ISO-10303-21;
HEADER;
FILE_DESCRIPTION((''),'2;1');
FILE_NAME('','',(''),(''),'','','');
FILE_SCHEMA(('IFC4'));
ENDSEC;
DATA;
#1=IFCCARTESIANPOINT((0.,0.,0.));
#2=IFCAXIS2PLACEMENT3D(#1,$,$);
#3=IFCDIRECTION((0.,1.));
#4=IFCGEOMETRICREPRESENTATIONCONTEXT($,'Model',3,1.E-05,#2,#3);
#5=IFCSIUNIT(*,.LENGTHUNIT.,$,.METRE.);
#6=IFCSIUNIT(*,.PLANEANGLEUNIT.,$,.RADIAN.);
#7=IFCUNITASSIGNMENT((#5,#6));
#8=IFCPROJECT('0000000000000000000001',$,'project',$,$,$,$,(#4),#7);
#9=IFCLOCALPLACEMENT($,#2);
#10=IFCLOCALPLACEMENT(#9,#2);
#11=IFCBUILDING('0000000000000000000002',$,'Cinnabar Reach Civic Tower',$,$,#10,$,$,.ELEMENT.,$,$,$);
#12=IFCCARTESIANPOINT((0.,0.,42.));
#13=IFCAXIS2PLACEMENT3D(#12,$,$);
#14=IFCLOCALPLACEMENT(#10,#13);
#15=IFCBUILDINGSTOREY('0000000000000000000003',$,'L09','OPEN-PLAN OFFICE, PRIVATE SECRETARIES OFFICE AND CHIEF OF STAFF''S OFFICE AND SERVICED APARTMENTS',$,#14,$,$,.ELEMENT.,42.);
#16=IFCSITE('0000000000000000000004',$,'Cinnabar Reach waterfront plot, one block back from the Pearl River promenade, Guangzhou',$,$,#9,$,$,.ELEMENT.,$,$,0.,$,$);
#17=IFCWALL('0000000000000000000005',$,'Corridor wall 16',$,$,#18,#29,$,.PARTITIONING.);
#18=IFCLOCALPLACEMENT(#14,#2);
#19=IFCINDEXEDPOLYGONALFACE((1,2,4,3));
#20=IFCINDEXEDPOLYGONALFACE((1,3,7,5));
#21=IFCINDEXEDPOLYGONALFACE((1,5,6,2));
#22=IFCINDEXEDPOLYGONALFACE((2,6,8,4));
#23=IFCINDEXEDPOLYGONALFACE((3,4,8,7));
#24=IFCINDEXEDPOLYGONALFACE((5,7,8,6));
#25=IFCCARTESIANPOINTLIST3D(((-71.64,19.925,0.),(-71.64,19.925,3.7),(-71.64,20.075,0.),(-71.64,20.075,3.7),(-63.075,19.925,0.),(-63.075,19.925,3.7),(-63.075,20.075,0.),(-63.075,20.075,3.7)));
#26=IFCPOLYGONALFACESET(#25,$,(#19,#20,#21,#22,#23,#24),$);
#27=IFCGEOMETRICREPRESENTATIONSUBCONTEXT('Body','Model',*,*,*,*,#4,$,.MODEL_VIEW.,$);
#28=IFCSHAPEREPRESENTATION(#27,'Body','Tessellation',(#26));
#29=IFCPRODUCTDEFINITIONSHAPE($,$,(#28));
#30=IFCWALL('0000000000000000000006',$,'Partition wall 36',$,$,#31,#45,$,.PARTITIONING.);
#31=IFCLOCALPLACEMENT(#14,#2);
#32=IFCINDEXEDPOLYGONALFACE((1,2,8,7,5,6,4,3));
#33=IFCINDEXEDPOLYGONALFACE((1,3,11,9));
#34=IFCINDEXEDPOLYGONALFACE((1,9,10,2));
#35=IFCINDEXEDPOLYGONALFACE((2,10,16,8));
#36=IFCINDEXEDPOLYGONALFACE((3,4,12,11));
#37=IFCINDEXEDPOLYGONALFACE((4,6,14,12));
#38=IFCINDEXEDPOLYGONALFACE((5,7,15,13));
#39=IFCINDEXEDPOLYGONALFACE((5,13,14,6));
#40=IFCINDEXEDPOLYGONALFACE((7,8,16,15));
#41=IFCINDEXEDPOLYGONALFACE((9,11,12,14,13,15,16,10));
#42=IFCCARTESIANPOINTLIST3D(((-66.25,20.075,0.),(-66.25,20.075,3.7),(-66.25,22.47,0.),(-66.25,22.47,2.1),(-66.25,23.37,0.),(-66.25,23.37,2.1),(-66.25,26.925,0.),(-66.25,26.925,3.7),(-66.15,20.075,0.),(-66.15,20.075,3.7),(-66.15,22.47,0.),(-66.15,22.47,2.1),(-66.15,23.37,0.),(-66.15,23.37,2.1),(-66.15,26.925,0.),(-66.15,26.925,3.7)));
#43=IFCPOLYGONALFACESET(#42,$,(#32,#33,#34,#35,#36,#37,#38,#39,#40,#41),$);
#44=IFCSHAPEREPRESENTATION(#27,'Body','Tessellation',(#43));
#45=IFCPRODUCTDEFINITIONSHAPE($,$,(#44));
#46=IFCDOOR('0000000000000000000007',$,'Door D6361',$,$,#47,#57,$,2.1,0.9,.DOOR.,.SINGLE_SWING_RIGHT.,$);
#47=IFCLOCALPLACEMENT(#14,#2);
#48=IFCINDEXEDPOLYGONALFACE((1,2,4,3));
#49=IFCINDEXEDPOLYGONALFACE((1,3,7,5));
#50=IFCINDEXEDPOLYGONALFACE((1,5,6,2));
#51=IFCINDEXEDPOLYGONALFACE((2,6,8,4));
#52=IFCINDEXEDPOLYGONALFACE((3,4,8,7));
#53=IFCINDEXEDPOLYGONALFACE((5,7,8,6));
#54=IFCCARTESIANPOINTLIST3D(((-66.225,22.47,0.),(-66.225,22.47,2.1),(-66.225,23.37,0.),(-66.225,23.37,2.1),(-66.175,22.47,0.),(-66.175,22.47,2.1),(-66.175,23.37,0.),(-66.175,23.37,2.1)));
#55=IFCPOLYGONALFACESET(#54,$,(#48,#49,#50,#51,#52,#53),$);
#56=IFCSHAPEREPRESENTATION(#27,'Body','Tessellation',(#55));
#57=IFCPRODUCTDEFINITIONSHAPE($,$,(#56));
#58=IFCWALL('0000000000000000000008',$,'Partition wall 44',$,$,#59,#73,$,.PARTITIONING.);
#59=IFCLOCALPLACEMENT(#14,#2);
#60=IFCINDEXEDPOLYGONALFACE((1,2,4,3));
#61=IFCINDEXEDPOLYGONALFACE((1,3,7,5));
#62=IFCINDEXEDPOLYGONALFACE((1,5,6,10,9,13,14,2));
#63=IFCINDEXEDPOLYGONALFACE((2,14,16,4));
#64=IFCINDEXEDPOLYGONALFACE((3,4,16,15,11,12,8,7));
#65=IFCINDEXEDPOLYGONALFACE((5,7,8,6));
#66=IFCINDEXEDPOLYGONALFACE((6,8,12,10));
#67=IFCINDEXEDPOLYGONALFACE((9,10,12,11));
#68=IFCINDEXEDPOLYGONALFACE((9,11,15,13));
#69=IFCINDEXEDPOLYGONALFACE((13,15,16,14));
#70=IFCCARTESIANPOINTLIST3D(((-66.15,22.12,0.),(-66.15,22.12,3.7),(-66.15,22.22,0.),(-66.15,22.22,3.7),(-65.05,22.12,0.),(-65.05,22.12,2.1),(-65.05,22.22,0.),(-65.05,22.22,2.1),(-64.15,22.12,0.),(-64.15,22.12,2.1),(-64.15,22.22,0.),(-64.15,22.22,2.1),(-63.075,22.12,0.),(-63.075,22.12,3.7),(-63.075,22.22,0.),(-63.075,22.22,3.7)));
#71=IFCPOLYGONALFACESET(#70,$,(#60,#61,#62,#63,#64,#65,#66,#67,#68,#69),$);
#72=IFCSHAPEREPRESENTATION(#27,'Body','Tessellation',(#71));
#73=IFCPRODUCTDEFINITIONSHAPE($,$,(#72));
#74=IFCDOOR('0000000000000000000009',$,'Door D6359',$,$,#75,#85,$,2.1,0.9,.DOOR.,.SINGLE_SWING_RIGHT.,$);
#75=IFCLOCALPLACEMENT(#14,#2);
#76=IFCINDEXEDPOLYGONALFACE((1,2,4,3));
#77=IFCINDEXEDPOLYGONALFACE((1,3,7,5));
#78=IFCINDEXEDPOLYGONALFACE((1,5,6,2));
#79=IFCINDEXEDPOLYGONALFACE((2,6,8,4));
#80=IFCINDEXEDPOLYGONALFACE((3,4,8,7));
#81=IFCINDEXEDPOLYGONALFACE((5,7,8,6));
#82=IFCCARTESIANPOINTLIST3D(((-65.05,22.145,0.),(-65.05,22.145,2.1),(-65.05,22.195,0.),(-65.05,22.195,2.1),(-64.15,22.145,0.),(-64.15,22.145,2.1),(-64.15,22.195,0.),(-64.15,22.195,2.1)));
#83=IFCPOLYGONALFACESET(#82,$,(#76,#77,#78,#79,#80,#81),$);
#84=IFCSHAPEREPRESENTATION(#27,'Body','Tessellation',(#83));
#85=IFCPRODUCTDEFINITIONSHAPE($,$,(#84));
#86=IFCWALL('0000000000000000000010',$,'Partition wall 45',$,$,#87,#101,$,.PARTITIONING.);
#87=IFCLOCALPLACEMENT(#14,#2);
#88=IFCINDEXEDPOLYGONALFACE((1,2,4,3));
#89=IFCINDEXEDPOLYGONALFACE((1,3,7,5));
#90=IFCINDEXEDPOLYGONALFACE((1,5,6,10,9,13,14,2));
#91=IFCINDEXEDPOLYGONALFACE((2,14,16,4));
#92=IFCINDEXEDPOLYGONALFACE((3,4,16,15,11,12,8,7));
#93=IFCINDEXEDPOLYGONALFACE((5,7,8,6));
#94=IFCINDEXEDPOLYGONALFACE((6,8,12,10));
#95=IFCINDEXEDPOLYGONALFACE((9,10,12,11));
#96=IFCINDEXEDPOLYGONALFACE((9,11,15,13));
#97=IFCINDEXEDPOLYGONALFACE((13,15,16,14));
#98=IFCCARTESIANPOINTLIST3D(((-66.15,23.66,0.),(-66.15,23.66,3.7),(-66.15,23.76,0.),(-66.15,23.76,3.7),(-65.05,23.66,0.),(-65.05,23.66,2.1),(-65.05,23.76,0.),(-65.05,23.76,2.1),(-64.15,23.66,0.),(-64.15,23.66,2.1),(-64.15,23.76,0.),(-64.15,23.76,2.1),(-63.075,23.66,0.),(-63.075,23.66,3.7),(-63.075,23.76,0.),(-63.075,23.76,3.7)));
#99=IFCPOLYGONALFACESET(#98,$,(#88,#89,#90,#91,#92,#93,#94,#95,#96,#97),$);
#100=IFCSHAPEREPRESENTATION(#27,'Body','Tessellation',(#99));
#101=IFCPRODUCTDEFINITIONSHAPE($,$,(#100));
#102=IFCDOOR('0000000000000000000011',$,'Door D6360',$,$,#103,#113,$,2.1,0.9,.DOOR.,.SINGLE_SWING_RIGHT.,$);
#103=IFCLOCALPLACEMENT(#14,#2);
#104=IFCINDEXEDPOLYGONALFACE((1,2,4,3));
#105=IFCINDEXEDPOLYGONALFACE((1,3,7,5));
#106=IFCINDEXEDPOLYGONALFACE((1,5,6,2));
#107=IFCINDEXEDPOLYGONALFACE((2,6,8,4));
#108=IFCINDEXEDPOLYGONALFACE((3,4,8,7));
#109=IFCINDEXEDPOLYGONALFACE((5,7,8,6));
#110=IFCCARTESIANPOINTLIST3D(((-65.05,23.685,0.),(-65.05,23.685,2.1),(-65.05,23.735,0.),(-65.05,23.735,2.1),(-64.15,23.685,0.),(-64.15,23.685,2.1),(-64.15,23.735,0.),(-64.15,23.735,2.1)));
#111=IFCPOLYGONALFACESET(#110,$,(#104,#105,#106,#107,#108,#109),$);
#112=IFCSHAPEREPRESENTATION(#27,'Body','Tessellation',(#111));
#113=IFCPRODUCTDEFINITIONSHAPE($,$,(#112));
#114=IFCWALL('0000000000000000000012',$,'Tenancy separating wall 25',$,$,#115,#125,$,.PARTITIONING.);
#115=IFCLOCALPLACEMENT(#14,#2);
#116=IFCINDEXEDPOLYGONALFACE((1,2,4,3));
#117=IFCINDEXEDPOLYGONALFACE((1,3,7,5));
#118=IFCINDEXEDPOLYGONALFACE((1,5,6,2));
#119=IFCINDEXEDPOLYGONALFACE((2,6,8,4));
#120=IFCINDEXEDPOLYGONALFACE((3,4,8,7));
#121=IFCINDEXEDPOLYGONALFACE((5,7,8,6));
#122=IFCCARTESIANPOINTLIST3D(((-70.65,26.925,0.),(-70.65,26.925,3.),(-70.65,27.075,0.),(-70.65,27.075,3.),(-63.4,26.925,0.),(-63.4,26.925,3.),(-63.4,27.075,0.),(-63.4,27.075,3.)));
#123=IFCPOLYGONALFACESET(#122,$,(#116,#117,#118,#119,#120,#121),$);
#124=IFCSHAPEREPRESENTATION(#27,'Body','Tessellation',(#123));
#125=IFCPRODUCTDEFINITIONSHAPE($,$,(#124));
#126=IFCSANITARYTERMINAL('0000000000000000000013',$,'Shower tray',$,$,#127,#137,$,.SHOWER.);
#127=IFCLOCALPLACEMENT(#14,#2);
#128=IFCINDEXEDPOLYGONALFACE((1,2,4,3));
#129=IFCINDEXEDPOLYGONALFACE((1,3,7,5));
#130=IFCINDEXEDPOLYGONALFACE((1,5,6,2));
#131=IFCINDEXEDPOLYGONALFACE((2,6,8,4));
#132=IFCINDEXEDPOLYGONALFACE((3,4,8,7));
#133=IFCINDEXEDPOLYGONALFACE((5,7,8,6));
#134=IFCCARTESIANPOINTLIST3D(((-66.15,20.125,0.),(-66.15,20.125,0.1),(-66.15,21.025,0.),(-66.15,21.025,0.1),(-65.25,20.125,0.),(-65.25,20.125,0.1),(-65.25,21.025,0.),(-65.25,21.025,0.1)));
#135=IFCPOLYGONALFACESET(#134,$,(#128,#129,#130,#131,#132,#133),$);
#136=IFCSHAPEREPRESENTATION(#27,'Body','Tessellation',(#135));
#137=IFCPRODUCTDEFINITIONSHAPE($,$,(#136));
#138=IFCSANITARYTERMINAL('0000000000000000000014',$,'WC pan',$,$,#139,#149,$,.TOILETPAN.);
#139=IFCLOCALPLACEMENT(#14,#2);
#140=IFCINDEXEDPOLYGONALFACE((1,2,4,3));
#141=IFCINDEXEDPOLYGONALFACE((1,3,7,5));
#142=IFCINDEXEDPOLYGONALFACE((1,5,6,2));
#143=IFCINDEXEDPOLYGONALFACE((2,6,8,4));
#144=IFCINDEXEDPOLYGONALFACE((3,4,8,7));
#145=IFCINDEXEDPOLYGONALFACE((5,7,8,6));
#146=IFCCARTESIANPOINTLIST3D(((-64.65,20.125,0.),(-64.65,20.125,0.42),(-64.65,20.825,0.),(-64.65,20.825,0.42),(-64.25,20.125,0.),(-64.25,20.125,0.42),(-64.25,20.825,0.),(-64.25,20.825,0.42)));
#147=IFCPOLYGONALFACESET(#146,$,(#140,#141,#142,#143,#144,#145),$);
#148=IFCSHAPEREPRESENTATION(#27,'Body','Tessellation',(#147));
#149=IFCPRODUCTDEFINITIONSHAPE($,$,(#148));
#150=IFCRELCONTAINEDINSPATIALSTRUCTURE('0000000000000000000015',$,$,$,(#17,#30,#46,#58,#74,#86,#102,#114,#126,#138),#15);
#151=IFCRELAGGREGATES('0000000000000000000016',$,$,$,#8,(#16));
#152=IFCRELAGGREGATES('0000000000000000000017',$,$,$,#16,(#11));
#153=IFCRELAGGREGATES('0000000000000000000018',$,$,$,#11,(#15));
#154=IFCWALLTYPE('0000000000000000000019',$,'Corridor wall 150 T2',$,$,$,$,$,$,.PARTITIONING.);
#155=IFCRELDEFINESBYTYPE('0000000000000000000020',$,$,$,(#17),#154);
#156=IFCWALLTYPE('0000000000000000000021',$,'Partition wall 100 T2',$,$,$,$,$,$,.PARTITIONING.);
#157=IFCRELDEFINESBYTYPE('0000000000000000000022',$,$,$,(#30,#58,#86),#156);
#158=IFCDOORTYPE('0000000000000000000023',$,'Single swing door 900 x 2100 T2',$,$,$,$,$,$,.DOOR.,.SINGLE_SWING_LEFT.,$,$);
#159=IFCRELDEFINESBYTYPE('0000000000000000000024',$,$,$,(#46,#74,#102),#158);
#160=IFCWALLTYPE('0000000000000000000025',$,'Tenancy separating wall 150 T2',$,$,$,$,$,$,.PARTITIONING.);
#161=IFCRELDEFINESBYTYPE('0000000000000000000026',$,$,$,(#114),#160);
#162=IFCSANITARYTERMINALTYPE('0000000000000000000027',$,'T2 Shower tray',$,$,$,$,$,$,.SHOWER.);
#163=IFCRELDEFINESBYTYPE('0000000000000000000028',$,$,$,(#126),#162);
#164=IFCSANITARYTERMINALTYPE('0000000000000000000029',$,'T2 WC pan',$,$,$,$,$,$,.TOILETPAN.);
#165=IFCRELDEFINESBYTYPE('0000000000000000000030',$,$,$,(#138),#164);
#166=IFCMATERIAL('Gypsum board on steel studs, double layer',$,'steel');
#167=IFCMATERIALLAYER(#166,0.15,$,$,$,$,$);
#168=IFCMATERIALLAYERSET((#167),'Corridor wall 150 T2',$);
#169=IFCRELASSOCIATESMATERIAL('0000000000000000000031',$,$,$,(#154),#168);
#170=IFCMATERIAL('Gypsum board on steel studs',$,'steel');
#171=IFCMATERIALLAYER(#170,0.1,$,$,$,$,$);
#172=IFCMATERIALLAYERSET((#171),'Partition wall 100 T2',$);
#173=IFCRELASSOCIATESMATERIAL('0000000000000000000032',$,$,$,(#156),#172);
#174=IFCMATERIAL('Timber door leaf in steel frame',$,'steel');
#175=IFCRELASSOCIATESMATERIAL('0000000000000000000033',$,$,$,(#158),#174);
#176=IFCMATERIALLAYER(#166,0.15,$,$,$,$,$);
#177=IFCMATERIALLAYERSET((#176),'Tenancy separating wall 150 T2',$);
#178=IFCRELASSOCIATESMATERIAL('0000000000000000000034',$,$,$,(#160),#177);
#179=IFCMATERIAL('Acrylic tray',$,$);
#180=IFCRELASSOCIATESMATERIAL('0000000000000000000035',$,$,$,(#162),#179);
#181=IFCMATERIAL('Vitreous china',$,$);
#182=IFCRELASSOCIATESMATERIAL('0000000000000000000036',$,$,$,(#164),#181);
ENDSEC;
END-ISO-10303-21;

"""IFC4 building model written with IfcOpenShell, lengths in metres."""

from ifc_helpers import new_model, si_unit, direction, frame, frame_2d, origin, origin_2d, place, context, subcontext, project, spatial, rectangle, extrude, material, layer, layer_set, type_object, element, fill, save


model = new_model("IFC4")

# Units and contexts
model_context = context("Model", 3, precision=1e-05, world=origin(), true_north=direction((0.0, 1.0)))
body_context = subcontext(model_context, "Body", "Model", "MODEL_VIEW")
ifc_project = project(units=[si_unit("LENGTHUNIT", "METRE"), si_unit("PLANEANGLEUNIT", "RADIAN")], contexts=[model_context])

# Site, building, storey
site_placement = place(None, origin())
site = spatial("IfcSite", under=ifc_project, at=site_placement, Name="Cinnabar Reach waterfront plot, one block back from the Pearl River promenade, Guangzhou", CompositionType="ELEMENT", RefElevation=0.0)
building_placement = place(site_placement, origin())
building = spatial("IfcBuilding", under=site, at=building_placement, Name="Cinnabar Reach Civic Tower", CompositionType="ELEMENT")
storey_placement = place(building_placement, frame((0.0, 0.0, 42.0)))
storey = spatial("IfcBuildingStorey", under=building, at=storey_placement, Name="L09", Description="OPEN-PLAN OFFICE, PRIVATE SECRETARIES OFFICE AND CHIEF OF STAFF'S OFFICE AND SERVICED APARTMENTS", CompositionType="ELEMENT", Elevation=42.0)

# Shared definitions
ifc_material_1 = material(Name="Gypsum board on steel studs, double layer", Category="steel")
ifc_layer_1 = layer(ifc_material_1, 0.15)
ifc_layer_set_1 = layer_set([ifc_layer_1], Name="Corridor wall 150 T2")
wall_type_1 = type_object("IfcWallType", Name="Corridor wall 150 T2", PredefinedType="PARTITIONING", material=ifc_layer_set_1)

# Shared definitions
ifc_material_2 = material(Name="Timber door leaf in steel frame", Category="steel")

# Wall
wall_1_placement = place(storey_placement, frame((-71.64, 20.0, 0.0), z_axis=(0.0, 0.0, 1.0), x_axis=(1.0, 0.0, 0.0)))
element("IfcWall", 1, at=wall_1_placement, inside=storey, type_object=wall_type_1, Name="Corridor wall 16", PredefinedType="PARTITIONING", context=body_context, shape_type="SweptSolid", body=[
    extrude(rectangle(XDim=8.565, YDim=0.15, at=frame_2d((4.2825, 0.0))), origin(), (0.0, 0.0, 1.0), 3.7),
])

# Walls, openings, doors
ifc_material_3 = material(Name="Gypsum board on steel studs", Category="steel")
ifc_layer_2 = layer(ifc_material_3, 0.1)
ifc_layer_set_2 = layer_set([ifc_layer_2], Name="Partition wall 100 T2")
wall_type_2 = type_object("IfcWallType", Name="Partition wall 100 T2", PredefinedType="PARTITIONING", material=ifc_layer_set_2)
wall_2_placement = place(storey_placement, frame((-66.2, 20.075, 0.0), z_axis=(0.0, 0.0, 1.0), x_axis=(0.0, 1.0, 0.0)))
wall_2 = element("IfcWall", 2, at=wall_2_placement, inside=storey, type_object=wall_type_2, Name="Partition wall 36", PredefinedType="PARTITIONING", context=body_context, shape_type="SweptSolid", body=[
    extrude(rectangle(XDim=6.85, YDim=0.1, at=frame_2d((3.425, 0.0))), origin(), (0.0, 0.0, 1.0), 3.7),
])
opening_1_placement = place(wall_2_placement, frame((2.395, 0.0, 0.0)))
opening_1 = element("IfcOpeningElement", 3, at=opening_1_placement, cuts=wall_2, PredefinedType="OPENING", context=body_context, shape_type="SweptSolid", body=[
    extrude(rectangle(XDim=0.9, YDim=2.1, at=frame_2d((0.45, 1.05))), frame((0.0, 0.06, 0.0), z_axis=(0.0, -1.0, 0.0), x_axis=(1.0, 0.0, 0.0)), (0.0, 0.0, 1.0), 0.12),
])
door_type_1 = type_object("IfcDoorType", Name="Single swing door 900 x 2100 T2", OperationType="SINGLE_SWING_LEFT", PredefinedType="DOOR", material=ifc_material_2)
door_1_placement = place(opening_1_placement, frame((0.9, 0.0, 0.0), z_axis=(0.0, 0.0, 1.0), x_axis=(-1.0, 0.0, 0.0)))
door_1 = element("IfcDoor", 4, at=door_1_placement, inside=storey, type_object=door_type_1, Name="Door D6361", OperationType="SINGLE_SWING_RIGHT", OverallHeight=2.1, OverallWidth=0.9, PredefinedType="DOOR", context=body_context, shape_type="SweptSolid", body=[
    extrude(rectangle(XDim=0.9, YDim=2.1, at=frame_2d((0.45, 1.05))), frame((0.0, 0.025, 0.0), z_axis=(0.0, -1.0, 0.0), x_axis=(1.0, 0.0, 0.0)), (0.0, 0.0, 1.0), 0.05),
])
fill(opening_1, door_1)
wall_3_placement = place(storey_placement, frame((-66.15, 22.17, 0.0), z_axis=(0.0, 0.0, 1.0), x_axis=(1.0, 0.0, 0.0)))
wall_3 = element("IfcWall", 5, at=wall_3_placement, inside=storey, type_object=wall_type_2, Name="Partition wall 44", PredefinedType="PARTITIONING", context=body_context, shape_type="SweptSolid", body=[
    extrude(rectangle(XDim=3.075, YDim=0.1, at=frame_2d((1.5375, 0.0))), origin(), (0.0, 0.0, 1.0), 3.7),
])
opening_2_placement = place(wall_3_placement, frame((1.1, 0.0, 0.0)))
opening_2 = element("IfcOpeningElement", 6, at=opening_2_placement, cuts=wall_3, PredefinedType="OPENING", context=body_context, shape_type="SweptSolid", body=[
    extrude(rectangle(XDim=0.9, YDim=2.1, at=frame_2d((0.45, 1.05))), frame((0.0, 0.06, 0.0), z_axis=(0.0, -1.0, 0.0), x_axis=(1.0, 0.0, 0.0)), (0.0, 0.0, 1.0), 0.12),
])
door_2_placement = place(opening_2_placement, frame((0.9, 0.0, 0.0), z_axis=(0.0, 0.0, 1.0), x_axis=(-1.0, 0.0, 0.0)))
door_2 = element("IfcDoor", 7, at=door_2_placement, inside=storey, type_object=door_type_1, Name="Door D6359", OperationType="SINGLE_SWING_RIGHT", OverallHeight=2.1, OverallWidth=0.9, PredefinedType="DOOR", context=body_context, shape_type="SweptSolid", body=[
    extrude(rectangle(XDim=0.9, YDim=2.1, at=frame_2d((0.45, 1.05))), frame((0.0, 0.025, 0.0), z_axis=(0.0, -1.0, 0.0), x_axis=(1.0, 0.0, 0.0)), (0.0, 0.0, 1.0), 0.05),
])
fill(opening_2, door_2)
wall_4_placement = place(storey_placement, frame((-66.15, 23.71, 0.0), z_axis=(0.0, 0.0, 1.0), x_axis=(1.0, 0.0, 0.0)))
wall_4 = element("IfcWall", 8, at=wall_4_placement, inside=storey, type_object=wall_type_2, Name="Partition wall 45", PredefinedType="PARTITIONING", context=body_context, shape_type="SweptSolid", body=[
    extrude(rectangle(XDim=3.075, YDim=0.1, at=frame_2d((1.5375, 0.0))), origin(), (0.0, 0.0, 1.0), 3.7),
])
opening_3_placement = place(wall_4_placement, frame((1.1, 0.0, 0.0)))
opening_3 = element("IfcOpeningElement", 9, at=opening_3_placement, cuts=wall_4, PredefinedType="OPENING", context=body_context, shape_type="SweptSolid", body=[
    extrude(rectangle(XDim=0.9, YDim=2.1, at=frame_2d((0.45, 1.05))), frame((0.0, 0.06, 0.0), z_axis=(0.0, -1.0, 0.0), x_axis=(1.0, 0.0, 0.0)), (0.0, 0.0, 1.0), 0.12),
])
door_3_placement = place(opening_3_placement, frame((0.9, 0.0, 0.0), z_axis=(0.0, 0.0, 1.0), x_axis=(-1.0, 0.0, 0.0)))
door_3 = element("IfcDoor", 10, at=door_3_placement, inside=storey, type_object=door_type_1, Name="Door D6360", OperationType="SINGLE_SWING_RIGHT", OverallHeight=2.1, OverallWidth=0.9, PredefinedType="DOOR", context=body_context, shape_type="SweptSolid", body=[
    extrude(rectangle(XDim=0.9, YDim=2.1, at=frame_2d((0.45, 1.05))), frame((0.0, 0.025, 0.0), z_axis=(0.0, -1.0, 0.0), x_axis=(1.0, 0.0, 0.0)), (0.0, 0.0, 1.0), 0.05),
])
fill(opening_3, door_3)

# Wall
ifc_layer_3 = layer(ifc_material_1, 0.15)
ifc_layer_set_3 = layer_set([ifc_layer_3], Name="Tenancy separating wall 150 T2")
wall_type_3 = type_object("IfcWallType", Name="Tenancy separating wall 150 T2", PredefinedType="PARTITIONING", material=ifc_layer_set_3)
wall_5_placement = place(storey_placement, frame((-70.65, 27.0, 0.0), z_axis=(0.0, 0.0, 1.0), x_axis=(1.0, 0.0, 0.0)))
element("IfcWall", 11, at=wall_5_placement, inside=storey, type_object=wall_type_3, Name="Tenancy separating wall 25", PredefinedType="PARTITIONING", context=body_context, shape_type="SweptSolid", body=[
    extrude(rectangle(XDim=7.25, YDim=0.15, at=frame_2d((3.625, 0.0))), origin(), (0.0, 0.0, 1.0), 3.0),
])

# Sanitary terminals
ifc_material_4 = material(Name="Acrylic tray")
sanitary_terminal_type_1 = type_object("IfcSanitaryTerminalType", Name="T2 Shower tray", PredefinedType="SHOWER", material=ifc_material_4)
sanitary_terminal_1_placement = place(storey_placement, frame((-65.7, 20.575, 0.0), z_axis=(0.0, 0.0, 1.0), x_axis=(1.0, 0.0, 0.0)))
element("IfcSanitaryTerminal", 12, at=sanitary_terminal_1_placement, inside=storey, type_object=sanitary_terminal_type_1, Name="Shower tray", PredefinedType="SHOWER", context=body_context, shape_type="SweptSolid", body=[
    extrude(rectangle(XDim=0.9, YDim=0.9, at=origin_2d()), origin(), (0.0, 0.0, 1.0), 0.1),
])
ifc_material_5 = material(Name="Vitreous china")
sanitary_terminal_type_2 = type_object("IfcSanitaryTerminalType", Name="T2 WC pan", PredefinedType="TOILETPAN", material=ifc_material_5)
sanitary_terminal_2_placement = place(storey_placement, frame((-64.45, 20.475, 0.0), z_axis=(0.0, 0.0, 1.0), x_axis=(1.0, 0.0, 0.0)))
element("IfcSanitaryTerminal", 13, at=sanitary_terminal_2_placement, inside=storey, type_object=sanitary_terminal_type_2, Name="WC pan", PredefinedType="TOILETPAN", context=body_context, shape_type="SweptSolid", body=[
    extrude(rectangle(XDim=0.4, YDim=0.7, at=origin_2d()), origin(), (0.0, 0.0, 1.0), 0.42),
])

save(model, "model.ifc")
